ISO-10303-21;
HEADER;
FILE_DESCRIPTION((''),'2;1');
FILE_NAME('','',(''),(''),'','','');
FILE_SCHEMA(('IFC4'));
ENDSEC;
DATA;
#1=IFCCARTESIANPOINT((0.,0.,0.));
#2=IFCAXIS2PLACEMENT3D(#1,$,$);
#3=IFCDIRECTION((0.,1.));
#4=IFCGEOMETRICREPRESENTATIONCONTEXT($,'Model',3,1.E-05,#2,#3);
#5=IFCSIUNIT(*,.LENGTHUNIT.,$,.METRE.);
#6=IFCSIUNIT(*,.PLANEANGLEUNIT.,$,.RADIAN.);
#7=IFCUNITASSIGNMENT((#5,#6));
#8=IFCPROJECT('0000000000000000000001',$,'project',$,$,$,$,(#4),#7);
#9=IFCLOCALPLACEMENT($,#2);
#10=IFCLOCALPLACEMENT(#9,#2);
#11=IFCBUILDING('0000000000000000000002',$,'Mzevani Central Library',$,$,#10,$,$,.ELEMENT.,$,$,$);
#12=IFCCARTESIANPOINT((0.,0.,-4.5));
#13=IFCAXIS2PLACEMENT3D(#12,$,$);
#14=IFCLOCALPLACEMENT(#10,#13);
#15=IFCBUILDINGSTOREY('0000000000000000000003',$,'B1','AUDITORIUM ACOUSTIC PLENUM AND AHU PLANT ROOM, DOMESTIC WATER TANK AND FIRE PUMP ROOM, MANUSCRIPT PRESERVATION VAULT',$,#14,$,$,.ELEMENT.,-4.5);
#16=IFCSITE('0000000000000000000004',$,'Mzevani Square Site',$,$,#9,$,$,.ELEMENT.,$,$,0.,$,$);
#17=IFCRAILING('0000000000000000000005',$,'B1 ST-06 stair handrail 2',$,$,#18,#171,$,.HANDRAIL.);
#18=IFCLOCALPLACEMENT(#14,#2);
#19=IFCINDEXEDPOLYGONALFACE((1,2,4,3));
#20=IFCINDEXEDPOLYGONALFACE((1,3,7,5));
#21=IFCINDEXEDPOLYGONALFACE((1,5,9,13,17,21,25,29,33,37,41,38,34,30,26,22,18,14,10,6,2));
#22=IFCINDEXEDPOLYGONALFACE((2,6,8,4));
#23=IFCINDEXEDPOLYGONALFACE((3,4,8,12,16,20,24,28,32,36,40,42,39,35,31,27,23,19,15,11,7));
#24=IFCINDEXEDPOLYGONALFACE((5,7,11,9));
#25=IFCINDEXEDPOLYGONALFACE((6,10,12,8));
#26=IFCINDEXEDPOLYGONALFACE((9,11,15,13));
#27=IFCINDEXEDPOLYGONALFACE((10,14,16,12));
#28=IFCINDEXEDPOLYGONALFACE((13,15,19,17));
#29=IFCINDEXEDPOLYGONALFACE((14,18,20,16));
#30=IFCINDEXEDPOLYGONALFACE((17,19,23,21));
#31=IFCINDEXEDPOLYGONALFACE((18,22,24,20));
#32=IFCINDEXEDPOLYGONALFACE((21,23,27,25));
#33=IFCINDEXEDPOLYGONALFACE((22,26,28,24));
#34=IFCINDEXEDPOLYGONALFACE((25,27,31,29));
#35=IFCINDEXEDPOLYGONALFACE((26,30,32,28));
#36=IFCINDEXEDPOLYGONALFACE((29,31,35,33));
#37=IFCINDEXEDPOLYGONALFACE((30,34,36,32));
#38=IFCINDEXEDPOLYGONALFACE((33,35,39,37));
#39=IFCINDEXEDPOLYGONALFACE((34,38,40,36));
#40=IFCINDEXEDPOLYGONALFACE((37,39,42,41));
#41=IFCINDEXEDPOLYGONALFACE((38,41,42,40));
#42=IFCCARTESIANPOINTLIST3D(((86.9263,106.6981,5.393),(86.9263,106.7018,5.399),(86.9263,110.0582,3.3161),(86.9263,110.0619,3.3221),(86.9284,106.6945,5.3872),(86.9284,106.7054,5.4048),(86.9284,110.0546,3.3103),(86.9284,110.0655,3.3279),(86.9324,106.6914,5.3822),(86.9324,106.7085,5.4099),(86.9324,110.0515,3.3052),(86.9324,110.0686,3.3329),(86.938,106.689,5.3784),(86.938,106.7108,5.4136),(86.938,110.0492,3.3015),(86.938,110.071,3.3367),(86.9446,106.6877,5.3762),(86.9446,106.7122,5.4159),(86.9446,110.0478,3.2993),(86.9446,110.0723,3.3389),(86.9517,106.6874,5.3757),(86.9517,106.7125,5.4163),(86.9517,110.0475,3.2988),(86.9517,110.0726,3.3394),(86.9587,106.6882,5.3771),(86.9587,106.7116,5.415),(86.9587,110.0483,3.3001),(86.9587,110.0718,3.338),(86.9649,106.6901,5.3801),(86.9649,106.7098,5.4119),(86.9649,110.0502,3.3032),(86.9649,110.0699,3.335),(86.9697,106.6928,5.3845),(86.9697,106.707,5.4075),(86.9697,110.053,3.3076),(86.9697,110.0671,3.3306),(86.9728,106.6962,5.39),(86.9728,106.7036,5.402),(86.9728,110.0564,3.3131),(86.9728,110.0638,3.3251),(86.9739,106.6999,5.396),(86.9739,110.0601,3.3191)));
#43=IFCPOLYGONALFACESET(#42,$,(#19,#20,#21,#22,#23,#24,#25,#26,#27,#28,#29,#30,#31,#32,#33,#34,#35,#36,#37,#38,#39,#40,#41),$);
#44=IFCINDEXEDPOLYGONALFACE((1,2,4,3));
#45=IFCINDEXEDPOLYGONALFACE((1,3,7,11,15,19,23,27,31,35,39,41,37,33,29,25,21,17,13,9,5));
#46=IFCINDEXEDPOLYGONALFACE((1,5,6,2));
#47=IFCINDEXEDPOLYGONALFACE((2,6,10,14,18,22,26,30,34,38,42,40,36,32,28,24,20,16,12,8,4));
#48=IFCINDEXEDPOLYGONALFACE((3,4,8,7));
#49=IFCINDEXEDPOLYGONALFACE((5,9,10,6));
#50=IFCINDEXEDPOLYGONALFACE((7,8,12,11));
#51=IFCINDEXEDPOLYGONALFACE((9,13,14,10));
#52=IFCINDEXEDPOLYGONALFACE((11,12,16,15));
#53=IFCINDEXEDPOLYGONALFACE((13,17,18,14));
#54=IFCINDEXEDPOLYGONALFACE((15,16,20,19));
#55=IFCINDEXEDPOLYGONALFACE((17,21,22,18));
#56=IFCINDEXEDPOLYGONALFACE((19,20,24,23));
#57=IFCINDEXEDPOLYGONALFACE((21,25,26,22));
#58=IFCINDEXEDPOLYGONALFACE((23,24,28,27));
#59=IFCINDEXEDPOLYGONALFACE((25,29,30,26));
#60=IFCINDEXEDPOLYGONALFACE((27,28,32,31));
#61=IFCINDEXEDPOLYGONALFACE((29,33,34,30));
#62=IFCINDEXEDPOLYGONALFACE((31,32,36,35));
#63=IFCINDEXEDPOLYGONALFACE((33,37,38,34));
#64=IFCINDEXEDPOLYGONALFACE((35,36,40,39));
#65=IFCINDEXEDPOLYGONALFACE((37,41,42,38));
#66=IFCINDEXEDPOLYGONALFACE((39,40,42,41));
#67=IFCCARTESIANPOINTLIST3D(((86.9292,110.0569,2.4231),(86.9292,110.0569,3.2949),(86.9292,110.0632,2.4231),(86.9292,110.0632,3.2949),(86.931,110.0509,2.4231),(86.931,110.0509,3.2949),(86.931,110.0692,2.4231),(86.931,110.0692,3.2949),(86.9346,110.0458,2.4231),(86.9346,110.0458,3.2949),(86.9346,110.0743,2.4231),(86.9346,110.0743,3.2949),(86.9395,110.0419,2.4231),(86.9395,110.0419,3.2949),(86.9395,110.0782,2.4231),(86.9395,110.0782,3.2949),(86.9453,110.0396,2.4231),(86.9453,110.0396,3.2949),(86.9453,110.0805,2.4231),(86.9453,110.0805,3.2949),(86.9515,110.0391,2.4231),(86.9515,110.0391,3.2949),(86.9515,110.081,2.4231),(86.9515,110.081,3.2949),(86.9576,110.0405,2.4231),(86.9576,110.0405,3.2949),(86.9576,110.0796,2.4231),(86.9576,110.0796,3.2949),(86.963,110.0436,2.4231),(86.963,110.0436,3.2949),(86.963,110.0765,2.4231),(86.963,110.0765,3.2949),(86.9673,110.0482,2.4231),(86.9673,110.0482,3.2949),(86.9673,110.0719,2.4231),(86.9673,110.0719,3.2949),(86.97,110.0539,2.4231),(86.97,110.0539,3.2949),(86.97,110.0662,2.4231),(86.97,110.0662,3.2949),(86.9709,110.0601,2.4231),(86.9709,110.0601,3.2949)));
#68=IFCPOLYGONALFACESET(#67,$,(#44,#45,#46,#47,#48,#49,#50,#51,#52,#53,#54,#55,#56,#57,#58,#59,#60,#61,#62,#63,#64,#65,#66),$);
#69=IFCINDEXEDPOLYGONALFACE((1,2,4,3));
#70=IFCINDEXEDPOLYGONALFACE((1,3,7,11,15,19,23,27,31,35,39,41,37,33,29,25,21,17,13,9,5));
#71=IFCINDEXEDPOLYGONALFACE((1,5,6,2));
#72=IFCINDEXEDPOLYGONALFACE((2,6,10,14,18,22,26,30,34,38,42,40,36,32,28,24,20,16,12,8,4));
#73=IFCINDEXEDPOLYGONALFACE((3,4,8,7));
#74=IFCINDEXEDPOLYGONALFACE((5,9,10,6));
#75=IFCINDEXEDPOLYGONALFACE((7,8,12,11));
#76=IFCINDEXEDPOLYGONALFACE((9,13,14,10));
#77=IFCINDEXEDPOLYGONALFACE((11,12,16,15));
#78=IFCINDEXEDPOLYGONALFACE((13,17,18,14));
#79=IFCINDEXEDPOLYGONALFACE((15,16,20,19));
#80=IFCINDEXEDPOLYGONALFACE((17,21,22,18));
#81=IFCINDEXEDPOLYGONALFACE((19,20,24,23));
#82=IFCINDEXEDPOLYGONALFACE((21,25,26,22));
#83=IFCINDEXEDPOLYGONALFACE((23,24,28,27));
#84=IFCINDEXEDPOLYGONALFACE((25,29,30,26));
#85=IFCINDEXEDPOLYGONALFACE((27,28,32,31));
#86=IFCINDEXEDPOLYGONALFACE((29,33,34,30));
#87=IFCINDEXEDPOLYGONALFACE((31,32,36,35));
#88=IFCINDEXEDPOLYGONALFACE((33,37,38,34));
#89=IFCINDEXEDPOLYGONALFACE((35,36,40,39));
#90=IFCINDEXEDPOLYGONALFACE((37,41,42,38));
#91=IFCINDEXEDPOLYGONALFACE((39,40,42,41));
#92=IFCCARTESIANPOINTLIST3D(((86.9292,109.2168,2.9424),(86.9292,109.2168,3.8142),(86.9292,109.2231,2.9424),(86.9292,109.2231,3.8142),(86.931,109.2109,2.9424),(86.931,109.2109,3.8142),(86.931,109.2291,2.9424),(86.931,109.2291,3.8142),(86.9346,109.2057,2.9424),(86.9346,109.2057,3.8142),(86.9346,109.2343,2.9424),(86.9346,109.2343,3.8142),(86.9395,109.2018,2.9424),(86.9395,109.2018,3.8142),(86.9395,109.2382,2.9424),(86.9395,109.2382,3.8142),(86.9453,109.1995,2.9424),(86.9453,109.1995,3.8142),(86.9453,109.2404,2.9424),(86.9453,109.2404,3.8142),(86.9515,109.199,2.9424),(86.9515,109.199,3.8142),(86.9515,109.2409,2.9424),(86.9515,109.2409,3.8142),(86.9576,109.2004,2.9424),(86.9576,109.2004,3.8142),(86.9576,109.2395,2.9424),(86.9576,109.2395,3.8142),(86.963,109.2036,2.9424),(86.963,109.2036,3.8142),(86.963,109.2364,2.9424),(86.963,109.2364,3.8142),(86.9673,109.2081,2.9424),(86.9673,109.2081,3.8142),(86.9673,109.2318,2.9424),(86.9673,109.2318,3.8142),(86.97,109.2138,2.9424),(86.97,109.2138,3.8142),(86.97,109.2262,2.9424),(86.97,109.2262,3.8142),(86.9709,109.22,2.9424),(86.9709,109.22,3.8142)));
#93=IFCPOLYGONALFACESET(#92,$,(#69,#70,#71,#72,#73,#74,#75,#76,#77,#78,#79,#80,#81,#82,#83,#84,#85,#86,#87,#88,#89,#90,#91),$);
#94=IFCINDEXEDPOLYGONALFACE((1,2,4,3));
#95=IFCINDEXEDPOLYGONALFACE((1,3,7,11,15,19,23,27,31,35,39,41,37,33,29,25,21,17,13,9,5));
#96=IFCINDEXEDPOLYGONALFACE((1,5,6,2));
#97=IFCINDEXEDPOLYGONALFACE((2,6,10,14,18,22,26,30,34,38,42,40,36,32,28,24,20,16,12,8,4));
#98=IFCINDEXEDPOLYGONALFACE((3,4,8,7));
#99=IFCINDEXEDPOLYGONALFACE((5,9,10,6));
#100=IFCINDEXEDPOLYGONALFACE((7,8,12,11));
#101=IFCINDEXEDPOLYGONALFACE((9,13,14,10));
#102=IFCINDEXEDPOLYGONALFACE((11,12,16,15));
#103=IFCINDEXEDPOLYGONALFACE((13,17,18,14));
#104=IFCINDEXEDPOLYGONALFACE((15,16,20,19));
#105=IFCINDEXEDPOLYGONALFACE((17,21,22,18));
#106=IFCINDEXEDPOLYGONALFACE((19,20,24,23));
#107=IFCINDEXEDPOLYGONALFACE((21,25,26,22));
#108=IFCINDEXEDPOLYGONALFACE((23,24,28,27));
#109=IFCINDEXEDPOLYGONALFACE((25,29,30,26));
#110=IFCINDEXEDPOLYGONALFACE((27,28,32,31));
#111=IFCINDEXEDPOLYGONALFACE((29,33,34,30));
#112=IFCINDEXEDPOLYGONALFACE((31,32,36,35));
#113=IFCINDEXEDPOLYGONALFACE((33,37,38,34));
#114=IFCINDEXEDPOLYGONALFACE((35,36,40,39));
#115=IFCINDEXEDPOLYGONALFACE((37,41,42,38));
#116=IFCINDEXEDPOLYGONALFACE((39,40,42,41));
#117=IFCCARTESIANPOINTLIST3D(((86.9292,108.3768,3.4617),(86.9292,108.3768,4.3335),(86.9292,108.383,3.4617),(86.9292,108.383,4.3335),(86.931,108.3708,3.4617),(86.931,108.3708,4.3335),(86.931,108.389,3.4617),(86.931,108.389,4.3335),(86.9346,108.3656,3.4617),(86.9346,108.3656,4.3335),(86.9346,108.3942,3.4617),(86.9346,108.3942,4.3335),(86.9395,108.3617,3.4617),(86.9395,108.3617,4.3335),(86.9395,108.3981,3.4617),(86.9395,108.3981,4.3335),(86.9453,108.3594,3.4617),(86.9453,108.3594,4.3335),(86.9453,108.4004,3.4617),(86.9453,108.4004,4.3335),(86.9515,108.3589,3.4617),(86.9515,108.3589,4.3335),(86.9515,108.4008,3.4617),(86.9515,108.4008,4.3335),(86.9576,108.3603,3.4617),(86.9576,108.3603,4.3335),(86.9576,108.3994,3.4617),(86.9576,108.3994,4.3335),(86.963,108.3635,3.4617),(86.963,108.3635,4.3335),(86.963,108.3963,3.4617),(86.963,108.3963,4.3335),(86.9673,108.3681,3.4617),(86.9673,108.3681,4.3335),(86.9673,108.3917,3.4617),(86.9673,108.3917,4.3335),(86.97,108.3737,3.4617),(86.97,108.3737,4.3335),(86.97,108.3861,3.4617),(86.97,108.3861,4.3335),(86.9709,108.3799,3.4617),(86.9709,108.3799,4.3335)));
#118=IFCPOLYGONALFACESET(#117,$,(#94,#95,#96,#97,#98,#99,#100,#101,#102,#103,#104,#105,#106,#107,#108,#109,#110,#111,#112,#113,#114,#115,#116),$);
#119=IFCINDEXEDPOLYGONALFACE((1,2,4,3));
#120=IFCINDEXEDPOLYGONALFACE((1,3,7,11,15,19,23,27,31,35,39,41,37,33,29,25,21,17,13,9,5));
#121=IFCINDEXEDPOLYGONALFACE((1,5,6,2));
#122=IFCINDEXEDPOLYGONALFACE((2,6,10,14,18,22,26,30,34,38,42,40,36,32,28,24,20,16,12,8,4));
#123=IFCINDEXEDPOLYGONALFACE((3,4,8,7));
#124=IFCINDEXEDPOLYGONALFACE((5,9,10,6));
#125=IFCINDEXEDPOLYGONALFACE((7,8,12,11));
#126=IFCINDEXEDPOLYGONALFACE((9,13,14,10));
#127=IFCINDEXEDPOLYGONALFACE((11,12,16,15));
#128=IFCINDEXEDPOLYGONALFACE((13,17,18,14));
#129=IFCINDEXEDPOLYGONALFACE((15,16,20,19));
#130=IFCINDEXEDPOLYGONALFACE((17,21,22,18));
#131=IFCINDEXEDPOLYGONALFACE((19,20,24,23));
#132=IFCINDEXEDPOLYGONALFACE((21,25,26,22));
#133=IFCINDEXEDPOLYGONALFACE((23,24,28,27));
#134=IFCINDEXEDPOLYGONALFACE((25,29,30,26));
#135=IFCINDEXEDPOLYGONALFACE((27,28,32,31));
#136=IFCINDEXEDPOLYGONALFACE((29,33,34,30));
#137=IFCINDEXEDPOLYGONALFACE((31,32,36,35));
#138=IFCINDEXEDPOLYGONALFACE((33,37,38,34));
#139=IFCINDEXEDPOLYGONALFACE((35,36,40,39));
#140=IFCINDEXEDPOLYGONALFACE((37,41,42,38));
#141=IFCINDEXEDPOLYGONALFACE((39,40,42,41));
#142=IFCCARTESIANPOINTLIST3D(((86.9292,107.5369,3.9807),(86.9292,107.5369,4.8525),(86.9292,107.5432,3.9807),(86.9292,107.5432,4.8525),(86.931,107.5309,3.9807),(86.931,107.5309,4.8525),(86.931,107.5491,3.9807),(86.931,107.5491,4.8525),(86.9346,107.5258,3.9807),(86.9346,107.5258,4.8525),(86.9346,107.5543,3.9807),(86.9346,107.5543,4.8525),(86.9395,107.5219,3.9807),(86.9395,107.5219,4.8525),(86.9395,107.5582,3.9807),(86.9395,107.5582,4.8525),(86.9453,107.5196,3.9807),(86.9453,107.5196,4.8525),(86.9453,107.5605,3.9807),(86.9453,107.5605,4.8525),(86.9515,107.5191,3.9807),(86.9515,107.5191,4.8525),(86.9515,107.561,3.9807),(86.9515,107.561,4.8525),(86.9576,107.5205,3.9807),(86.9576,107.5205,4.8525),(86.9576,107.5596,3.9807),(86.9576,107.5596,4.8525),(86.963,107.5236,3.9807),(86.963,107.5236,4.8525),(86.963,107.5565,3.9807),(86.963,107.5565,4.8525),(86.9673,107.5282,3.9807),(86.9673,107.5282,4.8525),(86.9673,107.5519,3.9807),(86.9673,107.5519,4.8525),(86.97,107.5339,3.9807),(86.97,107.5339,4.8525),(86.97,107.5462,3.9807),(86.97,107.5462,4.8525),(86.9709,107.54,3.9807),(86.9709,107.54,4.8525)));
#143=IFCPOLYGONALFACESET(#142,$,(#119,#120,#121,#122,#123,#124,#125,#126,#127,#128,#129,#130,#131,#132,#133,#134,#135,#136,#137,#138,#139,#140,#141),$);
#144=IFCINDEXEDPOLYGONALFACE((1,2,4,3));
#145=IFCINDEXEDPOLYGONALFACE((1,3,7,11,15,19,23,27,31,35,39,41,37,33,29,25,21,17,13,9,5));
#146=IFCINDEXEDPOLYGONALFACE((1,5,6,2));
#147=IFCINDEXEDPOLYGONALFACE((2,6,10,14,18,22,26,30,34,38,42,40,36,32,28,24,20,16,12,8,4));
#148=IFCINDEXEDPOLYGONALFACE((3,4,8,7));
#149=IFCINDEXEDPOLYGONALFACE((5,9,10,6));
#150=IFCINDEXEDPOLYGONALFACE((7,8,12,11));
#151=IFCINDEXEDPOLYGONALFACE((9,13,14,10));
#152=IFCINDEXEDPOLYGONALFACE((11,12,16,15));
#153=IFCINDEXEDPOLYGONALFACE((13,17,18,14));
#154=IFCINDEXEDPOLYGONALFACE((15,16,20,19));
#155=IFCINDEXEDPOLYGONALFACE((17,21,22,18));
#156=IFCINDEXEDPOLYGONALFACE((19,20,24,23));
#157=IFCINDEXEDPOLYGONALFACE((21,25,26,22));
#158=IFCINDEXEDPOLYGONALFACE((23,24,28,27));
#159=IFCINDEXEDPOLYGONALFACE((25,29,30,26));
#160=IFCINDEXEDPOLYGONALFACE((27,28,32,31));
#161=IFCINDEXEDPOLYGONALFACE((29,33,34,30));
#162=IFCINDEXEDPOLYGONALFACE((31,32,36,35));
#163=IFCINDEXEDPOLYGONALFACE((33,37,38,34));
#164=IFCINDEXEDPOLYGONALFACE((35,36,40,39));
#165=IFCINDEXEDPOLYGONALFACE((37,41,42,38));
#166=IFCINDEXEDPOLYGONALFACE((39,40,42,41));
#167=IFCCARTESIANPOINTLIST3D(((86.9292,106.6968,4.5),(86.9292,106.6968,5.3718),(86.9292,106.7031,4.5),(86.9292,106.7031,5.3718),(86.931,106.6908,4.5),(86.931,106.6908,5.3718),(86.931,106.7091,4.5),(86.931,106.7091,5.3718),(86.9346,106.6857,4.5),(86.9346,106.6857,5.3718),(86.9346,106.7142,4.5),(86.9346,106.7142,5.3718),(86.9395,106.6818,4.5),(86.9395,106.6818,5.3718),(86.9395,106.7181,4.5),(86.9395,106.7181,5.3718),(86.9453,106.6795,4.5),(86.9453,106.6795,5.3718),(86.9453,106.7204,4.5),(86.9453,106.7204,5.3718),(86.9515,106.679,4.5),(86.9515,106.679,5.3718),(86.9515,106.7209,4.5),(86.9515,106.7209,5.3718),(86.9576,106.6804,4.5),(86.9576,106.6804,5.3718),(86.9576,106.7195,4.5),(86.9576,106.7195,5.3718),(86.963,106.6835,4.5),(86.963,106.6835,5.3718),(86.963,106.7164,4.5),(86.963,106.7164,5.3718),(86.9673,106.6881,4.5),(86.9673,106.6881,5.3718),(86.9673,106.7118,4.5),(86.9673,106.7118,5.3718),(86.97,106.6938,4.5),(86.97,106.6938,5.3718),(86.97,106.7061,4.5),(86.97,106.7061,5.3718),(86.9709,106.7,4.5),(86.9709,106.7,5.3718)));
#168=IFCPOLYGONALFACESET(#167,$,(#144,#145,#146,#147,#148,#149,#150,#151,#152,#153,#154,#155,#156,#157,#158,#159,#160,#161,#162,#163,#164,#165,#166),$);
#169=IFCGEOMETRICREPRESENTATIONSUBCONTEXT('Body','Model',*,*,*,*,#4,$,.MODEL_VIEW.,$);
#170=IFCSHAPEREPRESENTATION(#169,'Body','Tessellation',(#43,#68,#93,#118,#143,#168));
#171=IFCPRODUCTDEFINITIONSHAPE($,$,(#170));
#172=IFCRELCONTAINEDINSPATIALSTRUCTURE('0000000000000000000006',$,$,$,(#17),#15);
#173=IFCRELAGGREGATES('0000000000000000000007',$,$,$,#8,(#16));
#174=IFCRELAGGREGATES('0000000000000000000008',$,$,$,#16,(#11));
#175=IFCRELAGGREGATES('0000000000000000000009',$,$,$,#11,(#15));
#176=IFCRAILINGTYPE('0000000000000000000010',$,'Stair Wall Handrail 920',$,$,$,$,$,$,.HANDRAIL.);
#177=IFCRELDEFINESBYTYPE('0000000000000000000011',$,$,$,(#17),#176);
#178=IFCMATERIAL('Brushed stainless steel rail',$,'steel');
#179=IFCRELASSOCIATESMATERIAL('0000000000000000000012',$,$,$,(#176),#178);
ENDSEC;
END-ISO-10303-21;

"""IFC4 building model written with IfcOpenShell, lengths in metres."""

from ifc_helpers import new_model, si_unit, direction, frame, origin, origin_2d, place, context, subcontext, project, spatial, circle, extrude, material, type_object, element, save


model = new_model("IFC4")

# Units and contexts
model_context = context("Model", 3, precision=1e-05, world=origin(), true_north=direction((0.0, 1.0)))
body_context = subcontext(model_context, "Body", "Model", "MODEL_VIEW")
ifc_project = project(units=[si_unit("LENGTHUNIT", "METRE"), si_unit("PLANEANGLEUNIT", "RADIAN")], contexts=[model_context])

# Site, building, storey
site_placement = place(None, origin())
site = spatial("IfcSite", under=ifc_project, at=site_placement, Name="Mzevani Square Site", CompositionType="ELEMENT", RefElevation=0.0)
building_placement = place(site_placement, origin())
building = spatial("IfcBuilding", under=site, at=building_placement, Name="Mzevani Central Library", CompositionType="ELEMENT")
storey_placement = place(building_placement, frame((0.0, 0.0, -4.5)))
storey = spatial("IfcBuildingStorey", under=building, at=storey_placement, Name="B1", Description="AUDITORIUM ACOUSTIC PLENUM AND AHU PLANT ROOM, DOMESTIC WATER TANK AND FIRE PUMP ROOM, MANUSCRIPT PRESERVATION VAULT", CompositionType="ELEMENT", Elevation=-4.5)

# Shared definitions
ifc_material_1 = material(Name="Brushed stainless steel rail", Category="steel")

# Railing
railing_type_1 = type_object("IfcRailingType", Name="Stair Wall Handrail 920", PredefinedType="HANDRAIL", material=ifc_material_1)
railing_1_placement = place(storey_placement, frame((86.95, 110.0601, 2.4231)))
element("IfcRailing", 1, at=railing_1_placement, inside=storey, type_object=railing_type_1, Name="B1 ST-06 stair handrail 2", PredefinedType="HANDRAIL", context=body_context, shape_type="SweptSolid", body=[
    extrude(circle(Radius=0.0239, at=origin_2d()), frame((0.0, 0.0, 0.896), z_axis=(0.0, -0.850623, 0.525776), x_axis=(1.0, 0.0, 0.0)), (0.0, 0.0, 1.0), 3.9502),
    extrude(circle(Radius=0.021, at=origin_2d()), origin(), (0.0, 0.0, 1.0), 0.8718),
    extrude(circle(Radius=0.021, at=origin_2d()), frame((0.0, -0.8401, 0.5193)), (0.0, 0.0, 1.0), 0.8718),
    extrude(circle(Radius=0.021, at=origin_2d()), frame((0.0, -1.6802, 1.0386)), (0.0, 0.0, 1.0), 0.8718),
    extrude(circle(Radius=0.021, at=origin_2d()), frame((0.0, -2.52, 1.5576)), (0.0, 0.0, 1.0), 0.8718),
    extrude(circle(Radius=0.021, at=origin_2d()), frame((0.0, -3.3601, 2.0769)), (0.0, 0.0, 1.0), 0.8718),
])

save(model, "model.ifc")
